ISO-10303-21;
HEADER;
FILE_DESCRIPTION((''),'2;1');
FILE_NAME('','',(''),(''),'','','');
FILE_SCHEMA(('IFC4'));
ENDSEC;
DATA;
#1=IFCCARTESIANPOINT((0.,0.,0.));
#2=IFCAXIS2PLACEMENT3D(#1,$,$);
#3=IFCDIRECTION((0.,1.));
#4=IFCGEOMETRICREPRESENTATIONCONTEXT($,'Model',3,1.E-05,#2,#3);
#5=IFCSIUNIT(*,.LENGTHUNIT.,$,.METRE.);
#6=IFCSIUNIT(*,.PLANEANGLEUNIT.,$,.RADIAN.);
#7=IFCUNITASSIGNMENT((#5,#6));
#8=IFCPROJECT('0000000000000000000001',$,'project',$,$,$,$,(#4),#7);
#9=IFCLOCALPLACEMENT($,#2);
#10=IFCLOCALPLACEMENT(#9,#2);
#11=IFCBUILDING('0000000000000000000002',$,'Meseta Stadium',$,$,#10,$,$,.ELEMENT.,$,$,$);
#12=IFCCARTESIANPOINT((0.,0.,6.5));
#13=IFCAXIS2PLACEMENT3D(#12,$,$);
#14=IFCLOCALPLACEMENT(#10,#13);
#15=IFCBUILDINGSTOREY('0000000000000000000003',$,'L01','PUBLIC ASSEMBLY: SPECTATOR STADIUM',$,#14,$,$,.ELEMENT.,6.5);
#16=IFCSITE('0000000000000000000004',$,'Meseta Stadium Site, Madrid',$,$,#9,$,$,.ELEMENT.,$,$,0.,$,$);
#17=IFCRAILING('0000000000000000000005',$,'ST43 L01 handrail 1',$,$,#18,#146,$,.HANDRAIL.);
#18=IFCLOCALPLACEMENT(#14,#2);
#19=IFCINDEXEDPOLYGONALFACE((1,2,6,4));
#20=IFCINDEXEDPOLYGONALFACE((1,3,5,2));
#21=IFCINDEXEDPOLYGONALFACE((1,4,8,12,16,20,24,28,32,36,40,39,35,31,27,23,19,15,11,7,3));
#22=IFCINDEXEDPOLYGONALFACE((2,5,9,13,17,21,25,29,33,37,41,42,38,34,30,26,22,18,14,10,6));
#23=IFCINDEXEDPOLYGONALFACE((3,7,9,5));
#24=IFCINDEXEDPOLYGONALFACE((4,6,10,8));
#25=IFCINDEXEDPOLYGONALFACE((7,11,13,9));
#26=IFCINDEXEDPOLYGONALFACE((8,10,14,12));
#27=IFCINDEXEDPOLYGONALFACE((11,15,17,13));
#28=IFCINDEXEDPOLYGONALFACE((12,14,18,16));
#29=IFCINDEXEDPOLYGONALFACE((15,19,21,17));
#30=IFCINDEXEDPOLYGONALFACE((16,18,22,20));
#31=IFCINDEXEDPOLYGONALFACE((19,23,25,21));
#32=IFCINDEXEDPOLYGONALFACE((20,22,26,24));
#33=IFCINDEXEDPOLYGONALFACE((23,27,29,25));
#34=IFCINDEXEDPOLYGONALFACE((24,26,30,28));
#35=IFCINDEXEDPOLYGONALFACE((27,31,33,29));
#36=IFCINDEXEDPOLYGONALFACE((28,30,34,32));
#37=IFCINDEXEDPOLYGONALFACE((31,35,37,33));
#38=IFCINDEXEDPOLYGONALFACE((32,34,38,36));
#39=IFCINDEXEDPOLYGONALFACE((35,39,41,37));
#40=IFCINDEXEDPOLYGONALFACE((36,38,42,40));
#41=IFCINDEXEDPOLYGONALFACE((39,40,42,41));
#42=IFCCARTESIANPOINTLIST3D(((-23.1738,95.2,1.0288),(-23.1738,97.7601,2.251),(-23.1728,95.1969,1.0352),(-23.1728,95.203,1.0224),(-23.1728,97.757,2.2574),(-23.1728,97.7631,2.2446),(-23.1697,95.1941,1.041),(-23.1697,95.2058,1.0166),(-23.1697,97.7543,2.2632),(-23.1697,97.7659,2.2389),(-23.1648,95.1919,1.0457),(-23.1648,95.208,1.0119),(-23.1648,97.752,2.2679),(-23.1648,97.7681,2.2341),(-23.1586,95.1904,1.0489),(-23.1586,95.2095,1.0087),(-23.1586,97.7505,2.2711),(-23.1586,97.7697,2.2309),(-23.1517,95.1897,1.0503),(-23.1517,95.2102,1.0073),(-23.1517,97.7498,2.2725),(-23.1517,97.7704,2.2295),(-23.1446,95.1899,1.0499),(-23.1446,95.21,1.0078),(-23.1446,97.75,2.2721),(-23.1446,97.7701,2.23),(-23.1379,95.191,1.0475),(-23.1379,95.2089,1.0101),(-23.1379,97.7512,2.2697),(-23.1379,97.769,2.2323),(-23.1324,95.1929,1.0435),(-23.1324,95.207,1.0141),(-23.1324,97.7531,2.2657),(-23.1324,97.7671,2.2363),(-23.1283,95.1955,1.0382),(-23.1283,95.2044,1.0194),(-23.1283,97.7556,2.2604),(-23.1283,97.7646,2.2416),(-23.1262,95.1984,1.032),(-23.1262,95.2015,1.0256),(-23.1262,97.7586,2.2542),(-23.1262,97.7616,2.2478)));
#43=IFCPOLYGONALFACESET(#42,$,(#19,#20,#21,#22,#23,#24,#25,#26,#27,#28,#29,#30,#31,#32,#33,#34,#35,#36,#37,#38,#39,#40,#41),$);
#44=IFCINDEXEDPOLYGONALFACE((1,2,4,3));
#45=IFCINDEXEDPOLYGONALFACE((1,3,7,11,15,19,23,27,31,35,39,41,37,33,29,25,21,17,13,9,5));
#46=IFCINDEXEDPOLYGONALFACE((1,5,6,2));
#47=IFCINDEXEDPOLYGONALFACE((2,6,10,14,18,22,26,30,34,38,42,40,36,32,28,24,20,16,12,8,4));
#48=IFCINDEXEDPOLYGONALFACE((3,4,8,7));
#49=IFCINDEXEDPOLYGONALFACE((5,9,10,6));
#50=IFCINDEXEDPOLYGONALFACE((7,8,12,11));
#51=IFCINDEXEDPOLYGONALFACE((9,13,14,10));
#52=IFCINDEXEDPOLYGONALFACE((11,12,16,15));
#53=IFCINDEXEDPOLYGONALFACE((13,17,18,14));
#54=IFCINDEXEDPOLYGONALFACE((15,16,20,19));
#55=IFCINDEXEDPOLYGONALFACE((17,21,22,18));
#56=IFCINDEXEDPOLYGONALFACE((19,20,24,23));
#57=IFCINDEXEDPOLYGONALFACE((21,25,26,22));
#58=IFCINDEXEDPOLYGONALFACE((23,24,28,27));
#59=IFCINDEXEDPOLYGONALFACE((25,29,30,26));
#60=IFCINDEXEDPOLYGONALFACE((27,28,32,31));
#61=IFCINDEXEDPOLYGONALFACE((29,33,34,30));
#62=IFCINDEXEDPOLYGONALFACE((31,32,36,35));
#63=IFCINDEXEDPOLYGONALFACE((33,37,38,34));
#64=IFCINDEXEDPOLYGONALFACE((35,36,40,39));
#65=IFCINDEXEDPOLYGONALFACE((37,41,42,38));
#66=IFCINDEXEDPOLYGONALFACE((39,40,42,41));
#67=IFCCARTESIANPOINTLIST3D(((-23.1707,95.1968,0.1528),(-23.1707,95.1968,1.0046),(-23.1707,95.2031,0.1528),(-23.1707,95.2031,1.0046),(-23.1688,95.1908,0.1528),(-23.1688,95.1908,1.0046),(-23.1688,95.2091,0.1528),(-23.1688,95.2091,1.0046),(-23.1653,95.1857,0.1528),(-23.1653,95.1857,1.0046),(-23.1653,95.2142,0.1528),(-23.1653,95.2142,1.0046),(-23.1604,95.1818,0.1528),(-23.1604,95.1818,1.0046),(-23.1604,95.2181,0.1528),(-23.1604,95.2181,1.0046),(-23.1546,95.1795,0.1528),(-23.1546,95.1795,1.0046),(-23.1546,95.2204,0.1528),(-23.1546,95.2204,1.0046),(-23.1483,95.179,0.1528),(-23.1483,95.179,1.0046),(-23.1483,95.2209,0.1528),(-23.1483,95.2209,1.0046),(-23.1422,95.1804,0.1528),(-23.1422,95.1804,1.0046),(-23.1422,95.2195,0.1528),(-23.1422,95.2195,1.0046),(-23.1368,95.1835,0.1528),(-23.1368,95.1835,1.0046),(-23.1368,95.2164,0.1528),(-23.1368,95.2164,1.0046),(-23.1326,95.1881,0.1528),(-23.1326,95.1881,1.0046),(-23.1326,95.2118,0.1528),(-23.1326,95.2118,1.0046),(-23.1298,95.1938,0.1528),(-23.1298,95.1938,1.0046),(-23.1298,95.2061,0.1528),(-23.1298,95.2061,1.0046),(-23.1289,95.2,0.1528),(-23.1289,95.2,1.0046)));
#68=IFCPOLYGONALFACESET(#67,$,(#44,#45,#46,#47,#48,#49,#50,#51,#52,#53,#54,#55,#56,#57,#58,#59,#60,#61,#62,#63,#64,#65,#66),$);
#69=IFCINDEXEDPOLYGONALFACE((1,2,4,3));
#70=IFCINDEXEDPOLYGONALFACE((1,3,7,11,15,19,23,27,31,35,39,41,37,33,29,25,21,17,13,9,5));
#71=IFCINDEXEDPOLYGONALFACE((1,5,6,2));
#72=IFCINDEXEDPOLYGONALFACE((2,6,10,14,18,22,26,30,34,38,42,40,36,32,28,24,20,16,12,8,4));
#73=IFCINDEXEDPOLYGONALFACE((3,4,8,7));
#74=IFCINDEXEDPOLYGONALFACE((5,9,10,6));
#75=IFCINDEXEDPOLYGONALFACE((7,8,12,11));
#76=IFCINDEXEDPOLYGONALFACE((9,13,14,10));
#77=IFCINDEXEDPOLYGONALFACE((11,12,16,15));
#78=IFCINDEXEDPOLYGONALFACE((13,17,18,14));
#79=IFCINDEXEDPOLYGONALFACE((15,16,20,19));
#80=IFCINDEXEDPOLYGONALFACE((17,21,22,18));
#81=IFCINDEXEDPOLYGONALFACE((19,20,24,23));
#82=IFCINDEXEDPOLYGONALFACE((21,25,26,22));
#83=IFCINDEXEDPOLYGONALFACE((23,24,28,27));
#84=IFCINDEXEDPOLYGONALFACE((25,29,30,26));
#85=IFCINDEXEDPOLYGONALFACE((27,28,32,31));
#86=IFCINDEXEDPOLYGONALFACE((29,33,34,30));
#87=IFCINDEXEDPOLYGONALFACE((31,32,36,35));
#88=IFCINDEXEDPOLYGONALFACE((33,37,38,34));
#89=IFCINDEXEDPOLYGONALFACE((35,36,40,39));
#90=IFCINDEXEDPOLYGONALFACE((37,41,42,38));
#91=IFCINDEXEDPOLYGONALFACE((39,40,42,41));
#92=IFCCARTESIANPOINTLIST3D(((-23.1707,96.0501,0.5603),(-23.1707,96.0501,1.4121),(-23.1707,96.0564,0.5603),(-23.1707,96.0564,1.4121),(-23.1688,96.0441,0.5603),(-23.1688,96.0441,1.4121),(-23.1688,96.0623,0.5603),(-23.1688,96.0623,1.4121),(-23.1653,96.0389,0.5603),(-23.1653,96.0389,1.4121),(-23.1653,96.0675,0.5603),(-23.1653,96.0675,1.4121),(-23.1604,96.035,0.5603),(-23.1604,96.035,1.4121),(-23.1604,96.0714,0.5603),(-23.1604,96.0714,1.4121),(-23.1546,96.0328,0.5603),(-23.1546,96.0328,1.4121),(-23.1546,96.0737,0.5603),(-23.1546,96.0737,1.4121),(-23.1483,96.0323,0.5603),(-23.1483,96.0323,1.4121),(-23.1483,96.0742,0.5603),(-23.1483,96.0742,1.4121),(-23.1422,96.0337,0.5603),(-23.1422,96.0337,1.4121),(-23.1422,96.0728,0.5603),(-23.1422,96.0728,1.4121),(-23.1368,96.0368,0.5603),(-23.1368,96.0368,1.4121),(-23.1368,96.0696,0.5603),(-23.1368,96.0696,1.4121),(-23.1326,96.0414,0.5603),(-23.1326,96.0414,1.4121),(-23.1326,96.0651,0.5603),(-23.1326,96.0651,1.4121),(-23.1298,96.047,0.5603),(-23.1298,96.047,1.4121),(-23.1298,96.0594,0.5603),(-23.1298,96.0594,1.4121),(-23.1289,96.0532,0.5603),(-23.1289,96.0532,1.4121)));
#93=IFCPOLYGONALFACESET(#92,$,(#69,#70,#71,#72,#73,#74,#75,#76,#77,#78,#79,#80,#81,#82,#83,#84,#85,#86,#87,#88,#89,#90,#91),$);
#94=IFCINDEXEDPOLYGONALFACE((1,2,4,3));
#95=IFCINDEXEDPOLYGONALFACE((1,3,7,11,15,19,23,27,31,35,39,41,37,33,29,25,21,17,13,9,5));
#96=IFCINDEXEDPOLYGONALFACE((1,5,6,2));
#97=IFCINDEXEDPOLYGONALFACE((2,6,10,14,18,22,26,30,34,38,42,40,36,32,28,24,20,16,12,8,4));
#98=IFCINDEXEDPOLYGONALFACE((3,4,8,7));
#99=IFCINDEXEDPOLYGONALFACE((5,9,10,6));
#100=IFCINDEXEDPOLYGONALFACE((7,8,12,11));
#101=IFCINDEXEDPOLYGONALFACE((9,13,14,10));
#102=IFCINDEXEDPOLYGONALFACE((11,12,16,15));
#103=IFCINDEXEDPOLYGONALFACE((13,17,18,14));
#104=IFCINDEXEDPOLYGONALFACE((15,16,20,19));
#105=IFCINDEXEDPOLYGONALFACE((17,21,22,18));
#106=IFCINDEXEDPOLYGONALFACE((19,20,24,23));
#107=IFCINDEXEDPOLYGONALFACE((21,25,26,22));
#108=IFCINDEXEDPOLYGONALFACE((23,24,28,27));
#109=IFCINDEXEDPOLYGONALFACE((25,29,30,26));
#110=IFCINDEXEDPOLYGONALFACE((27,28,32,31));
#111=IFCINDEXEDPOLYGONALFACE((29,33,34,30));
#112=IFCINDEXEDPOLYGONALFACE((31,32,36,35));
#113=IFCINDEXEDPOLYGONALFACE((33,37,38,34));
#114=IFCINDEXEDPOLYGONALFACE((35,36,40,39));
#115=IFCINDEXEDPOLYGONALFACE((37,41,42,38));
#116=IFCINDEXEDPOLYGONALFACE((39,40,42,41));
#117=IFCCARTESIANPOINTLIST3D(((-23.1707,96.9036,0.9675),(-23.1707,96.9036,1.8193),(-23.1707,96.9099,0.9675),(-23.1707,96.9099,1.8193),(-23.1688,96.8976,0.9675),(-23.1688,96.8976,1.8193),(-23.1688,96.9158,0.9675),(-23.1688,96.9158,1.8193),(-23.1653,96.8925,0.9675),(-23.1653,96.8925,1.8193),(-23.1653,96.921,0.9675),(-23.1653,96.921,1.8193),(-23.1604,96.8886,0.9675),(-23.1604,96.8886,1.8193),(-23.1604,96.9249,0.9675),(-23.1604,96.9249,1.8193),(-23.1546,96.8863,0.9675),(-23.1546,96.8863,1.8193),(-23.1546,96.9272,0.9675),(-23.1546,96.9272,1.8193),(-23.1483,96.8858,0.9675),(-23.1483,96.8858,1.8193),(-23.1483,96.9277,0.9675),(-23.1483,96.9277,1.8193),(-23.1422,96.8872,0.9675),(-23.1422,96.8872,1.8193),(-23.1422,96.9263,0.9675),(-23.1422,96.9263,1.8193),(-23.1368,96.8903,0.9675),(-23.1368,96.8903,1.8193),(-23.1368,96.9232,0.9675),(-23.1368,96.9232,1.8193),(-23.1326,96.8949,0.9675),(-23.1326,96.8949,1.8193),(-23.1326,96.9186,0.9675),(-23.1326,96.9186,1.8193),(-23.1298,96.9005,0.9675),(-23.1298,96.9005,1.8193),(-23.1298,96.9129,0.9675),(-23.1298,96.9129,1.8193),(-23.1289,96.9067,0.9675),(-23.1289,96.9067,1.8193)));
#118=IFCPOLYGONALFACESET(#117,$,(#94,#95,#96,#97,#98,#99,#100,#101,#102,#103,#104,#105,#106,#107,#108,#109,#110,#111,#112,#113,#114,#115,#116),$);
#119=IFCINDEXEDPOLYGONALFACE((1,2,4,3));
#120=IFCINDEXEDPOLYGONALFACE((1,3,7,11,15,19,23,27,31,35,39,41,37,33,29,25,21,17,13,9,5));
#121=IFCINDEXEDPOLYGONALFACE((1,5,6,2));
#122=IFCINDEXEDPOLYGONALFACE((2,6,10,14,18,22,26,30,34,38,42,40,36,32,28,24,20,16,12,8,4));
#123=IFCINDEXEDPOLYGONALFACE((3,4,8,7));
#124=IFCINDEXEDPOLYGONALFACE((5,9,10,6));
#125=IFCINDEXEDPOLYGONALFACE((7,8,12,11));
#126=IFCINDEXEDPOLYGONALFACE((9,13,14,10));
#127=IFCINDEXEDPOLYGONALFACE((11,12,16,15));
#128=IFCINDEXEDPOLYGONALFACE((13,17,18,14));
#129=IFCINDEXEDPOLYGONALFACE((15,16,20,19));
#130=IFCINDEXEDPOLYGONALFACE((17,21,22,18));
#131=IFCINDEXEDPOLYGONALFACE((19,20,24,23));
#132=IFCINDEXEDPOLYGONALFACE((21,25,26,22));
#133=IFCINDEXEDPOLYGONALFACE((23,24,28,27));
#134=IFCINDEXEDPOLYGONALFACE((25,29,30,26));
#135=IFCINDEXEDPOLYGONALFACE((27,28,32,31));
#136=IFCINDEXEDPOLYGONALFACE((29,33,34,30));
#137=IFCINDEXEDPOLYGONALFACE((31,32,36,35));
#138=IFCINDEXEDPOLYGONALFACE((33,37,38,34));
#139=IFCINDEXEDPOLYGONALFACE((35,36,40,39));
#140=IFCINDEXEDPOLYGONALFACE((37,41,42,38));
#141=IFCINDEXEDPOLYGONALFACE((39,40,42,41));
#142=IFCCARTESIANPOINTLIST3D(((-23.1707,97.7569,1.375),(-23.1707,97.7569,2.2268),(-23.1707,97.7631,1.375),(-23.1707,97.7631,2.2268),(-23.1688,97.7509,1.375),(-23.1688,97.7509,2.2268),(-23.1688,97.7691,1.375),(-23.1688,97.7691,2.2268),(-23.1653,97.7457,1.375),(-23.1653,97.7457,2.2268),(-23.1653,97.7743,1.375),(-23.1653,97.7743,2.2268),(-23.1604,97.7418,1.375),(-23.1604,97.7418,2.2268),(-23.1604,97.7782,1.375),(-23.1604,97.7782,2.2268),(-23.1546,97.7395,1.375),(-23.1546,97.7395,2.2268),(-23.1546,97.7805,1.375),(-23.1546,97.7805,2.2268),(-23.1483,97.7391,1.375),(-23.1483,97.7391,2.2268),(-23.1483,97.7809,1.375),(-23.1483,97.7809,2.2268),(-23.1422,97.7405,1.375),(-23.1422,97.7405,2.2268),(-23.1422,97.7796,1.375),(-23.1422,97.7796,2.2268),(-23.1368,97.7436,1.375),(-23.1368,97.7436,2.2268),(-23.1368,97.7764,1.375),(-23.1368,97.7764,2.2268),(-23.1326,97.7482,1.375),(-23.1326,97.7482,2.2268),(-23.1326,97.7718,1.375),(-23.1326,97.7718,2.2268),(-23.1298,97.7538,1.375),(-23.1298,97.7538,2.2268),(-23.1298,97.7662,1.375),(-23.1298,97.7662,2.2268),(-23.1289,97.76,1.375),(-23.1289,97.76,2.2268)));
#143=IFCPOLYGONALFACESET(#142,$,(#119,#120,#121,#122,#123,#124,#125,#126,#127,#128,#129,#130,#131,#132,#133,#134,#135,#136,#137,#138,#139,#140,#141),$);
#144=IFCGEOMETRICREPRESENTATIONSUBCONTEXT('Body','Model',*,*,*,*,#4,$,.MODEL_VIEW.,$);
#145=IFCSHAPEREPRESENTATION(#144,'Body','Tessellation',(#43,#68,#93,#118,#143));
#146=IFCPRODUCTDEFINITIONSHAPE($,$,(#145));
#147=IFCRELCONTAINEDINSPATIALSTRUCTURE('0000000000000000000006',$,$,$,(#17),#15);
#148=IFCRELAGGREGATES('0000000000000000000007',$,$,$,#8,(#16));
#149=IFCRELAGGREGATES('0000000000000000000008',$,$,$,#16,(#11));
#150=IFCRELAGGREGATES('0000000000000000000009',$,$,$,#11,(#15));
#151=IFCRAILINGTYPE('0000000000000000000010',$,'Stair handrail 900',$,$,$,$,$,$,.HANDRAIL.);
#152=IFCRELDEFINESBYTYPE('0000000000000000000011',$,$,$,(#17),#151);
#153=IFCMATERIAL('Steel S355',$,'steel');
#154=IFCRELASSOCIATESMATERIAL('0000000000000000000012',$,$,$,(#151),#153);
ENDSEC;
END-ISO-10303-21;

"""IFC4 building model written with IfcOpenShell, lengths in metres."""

from ifc_helpers import new_model, si_unit, direction, frame, origin, origin_2d, place, context, subcontext, project, spatial, circle, extrude, material, type_object, element, save


model = new_model("IFC4")

# Units and contexts
model_context = context("Model", 3, precision=1e-05, world=origin(), true_north=direction((0.0, 1.0)))
body_context = subcontext(model_context, "Body", "Model", "MODEL_VIEW")
ifc_project = project(units=[si_unit("LENGTHUNIT", "METRE"), si_unit("PLANEANGLEUNIT", "RADIAN")], contexts=[model_context])

# Site, building, storey
site_placement = place(None, origin())
site = spatial("IfcSite", under=ifc_project, at=site_placement, Name="Meseta Stadium Site, Madrid", CompositionType="ELEMENT", RefElevation=0.0)
building_placement = place(site_placement, origin())
building = spatial("IfcBuilding", under=site, at=building_placement, Name="Meseta Stadium", CompositionType="ELEMENT")
storey_placement = place(building_placement, frame((0.0, 0.0, 6.5)))
storey = spatial("IfcBuildingStorey", under=building, at=storey_placement, Name="L01", Description="PUBLIC ASSEMBLY: SPECTATOR STADIUM", CompositionType="ELEMENT", Elevation=6.5)

# Railing
ifc_material_1 = material(Name="Steel S355", Category="steel")
railing_type_1 = type_object("IfcRailingType", Name="Stair handrail 900", PredefinedType="HANDRAIL", material=ifc_material_1)
for number, where, name in (
    (1, (-23.1499, 95.2, 0.1528), "ST43 L01 handrail 1"),
):
    element("IfcRailing", number, at=place(storey_placement, frame(where)), inside=storey, type_object=railing_type_1, Name=name, PredefinedType="HANDRAIL", context=body_context, shape_type="SweptSolid", body=[
        extrude(circle(Radius=0.0239, at=origin_2d()), frame((0.0, 0.0, 0.876), z_axis=(0.0, 0.902437, 0.430822), x_axis=(-1.0, 0.0, 0.0)), (0.0, 0.0, 1.0), 2.8369),
        extrude(circle(Radius=0.021, at=origin_2d()), origin(), (0.0, 0.0, 1.0), 0.8518),
        extrude(circle(Radius=0.021, at=origin_2d()), frame((0.0, 0.8533, 0.4075)), (0.0, 0.0, 1.0), 0.8518),
        extrude(circle(Radius=0.021, at=origin_2d()), frame((0.0, 1.7068, 0.8147)), (0.0, 0.0, 1.0), 0.8518),
        extrude(circle(Radius=0.021, at=origin_2d()), frame((0.0, 2.5601, 1.2222)), (0.0, 0.0, 1.0), 0.8518),
    ])

save(model, "model.ifc")
